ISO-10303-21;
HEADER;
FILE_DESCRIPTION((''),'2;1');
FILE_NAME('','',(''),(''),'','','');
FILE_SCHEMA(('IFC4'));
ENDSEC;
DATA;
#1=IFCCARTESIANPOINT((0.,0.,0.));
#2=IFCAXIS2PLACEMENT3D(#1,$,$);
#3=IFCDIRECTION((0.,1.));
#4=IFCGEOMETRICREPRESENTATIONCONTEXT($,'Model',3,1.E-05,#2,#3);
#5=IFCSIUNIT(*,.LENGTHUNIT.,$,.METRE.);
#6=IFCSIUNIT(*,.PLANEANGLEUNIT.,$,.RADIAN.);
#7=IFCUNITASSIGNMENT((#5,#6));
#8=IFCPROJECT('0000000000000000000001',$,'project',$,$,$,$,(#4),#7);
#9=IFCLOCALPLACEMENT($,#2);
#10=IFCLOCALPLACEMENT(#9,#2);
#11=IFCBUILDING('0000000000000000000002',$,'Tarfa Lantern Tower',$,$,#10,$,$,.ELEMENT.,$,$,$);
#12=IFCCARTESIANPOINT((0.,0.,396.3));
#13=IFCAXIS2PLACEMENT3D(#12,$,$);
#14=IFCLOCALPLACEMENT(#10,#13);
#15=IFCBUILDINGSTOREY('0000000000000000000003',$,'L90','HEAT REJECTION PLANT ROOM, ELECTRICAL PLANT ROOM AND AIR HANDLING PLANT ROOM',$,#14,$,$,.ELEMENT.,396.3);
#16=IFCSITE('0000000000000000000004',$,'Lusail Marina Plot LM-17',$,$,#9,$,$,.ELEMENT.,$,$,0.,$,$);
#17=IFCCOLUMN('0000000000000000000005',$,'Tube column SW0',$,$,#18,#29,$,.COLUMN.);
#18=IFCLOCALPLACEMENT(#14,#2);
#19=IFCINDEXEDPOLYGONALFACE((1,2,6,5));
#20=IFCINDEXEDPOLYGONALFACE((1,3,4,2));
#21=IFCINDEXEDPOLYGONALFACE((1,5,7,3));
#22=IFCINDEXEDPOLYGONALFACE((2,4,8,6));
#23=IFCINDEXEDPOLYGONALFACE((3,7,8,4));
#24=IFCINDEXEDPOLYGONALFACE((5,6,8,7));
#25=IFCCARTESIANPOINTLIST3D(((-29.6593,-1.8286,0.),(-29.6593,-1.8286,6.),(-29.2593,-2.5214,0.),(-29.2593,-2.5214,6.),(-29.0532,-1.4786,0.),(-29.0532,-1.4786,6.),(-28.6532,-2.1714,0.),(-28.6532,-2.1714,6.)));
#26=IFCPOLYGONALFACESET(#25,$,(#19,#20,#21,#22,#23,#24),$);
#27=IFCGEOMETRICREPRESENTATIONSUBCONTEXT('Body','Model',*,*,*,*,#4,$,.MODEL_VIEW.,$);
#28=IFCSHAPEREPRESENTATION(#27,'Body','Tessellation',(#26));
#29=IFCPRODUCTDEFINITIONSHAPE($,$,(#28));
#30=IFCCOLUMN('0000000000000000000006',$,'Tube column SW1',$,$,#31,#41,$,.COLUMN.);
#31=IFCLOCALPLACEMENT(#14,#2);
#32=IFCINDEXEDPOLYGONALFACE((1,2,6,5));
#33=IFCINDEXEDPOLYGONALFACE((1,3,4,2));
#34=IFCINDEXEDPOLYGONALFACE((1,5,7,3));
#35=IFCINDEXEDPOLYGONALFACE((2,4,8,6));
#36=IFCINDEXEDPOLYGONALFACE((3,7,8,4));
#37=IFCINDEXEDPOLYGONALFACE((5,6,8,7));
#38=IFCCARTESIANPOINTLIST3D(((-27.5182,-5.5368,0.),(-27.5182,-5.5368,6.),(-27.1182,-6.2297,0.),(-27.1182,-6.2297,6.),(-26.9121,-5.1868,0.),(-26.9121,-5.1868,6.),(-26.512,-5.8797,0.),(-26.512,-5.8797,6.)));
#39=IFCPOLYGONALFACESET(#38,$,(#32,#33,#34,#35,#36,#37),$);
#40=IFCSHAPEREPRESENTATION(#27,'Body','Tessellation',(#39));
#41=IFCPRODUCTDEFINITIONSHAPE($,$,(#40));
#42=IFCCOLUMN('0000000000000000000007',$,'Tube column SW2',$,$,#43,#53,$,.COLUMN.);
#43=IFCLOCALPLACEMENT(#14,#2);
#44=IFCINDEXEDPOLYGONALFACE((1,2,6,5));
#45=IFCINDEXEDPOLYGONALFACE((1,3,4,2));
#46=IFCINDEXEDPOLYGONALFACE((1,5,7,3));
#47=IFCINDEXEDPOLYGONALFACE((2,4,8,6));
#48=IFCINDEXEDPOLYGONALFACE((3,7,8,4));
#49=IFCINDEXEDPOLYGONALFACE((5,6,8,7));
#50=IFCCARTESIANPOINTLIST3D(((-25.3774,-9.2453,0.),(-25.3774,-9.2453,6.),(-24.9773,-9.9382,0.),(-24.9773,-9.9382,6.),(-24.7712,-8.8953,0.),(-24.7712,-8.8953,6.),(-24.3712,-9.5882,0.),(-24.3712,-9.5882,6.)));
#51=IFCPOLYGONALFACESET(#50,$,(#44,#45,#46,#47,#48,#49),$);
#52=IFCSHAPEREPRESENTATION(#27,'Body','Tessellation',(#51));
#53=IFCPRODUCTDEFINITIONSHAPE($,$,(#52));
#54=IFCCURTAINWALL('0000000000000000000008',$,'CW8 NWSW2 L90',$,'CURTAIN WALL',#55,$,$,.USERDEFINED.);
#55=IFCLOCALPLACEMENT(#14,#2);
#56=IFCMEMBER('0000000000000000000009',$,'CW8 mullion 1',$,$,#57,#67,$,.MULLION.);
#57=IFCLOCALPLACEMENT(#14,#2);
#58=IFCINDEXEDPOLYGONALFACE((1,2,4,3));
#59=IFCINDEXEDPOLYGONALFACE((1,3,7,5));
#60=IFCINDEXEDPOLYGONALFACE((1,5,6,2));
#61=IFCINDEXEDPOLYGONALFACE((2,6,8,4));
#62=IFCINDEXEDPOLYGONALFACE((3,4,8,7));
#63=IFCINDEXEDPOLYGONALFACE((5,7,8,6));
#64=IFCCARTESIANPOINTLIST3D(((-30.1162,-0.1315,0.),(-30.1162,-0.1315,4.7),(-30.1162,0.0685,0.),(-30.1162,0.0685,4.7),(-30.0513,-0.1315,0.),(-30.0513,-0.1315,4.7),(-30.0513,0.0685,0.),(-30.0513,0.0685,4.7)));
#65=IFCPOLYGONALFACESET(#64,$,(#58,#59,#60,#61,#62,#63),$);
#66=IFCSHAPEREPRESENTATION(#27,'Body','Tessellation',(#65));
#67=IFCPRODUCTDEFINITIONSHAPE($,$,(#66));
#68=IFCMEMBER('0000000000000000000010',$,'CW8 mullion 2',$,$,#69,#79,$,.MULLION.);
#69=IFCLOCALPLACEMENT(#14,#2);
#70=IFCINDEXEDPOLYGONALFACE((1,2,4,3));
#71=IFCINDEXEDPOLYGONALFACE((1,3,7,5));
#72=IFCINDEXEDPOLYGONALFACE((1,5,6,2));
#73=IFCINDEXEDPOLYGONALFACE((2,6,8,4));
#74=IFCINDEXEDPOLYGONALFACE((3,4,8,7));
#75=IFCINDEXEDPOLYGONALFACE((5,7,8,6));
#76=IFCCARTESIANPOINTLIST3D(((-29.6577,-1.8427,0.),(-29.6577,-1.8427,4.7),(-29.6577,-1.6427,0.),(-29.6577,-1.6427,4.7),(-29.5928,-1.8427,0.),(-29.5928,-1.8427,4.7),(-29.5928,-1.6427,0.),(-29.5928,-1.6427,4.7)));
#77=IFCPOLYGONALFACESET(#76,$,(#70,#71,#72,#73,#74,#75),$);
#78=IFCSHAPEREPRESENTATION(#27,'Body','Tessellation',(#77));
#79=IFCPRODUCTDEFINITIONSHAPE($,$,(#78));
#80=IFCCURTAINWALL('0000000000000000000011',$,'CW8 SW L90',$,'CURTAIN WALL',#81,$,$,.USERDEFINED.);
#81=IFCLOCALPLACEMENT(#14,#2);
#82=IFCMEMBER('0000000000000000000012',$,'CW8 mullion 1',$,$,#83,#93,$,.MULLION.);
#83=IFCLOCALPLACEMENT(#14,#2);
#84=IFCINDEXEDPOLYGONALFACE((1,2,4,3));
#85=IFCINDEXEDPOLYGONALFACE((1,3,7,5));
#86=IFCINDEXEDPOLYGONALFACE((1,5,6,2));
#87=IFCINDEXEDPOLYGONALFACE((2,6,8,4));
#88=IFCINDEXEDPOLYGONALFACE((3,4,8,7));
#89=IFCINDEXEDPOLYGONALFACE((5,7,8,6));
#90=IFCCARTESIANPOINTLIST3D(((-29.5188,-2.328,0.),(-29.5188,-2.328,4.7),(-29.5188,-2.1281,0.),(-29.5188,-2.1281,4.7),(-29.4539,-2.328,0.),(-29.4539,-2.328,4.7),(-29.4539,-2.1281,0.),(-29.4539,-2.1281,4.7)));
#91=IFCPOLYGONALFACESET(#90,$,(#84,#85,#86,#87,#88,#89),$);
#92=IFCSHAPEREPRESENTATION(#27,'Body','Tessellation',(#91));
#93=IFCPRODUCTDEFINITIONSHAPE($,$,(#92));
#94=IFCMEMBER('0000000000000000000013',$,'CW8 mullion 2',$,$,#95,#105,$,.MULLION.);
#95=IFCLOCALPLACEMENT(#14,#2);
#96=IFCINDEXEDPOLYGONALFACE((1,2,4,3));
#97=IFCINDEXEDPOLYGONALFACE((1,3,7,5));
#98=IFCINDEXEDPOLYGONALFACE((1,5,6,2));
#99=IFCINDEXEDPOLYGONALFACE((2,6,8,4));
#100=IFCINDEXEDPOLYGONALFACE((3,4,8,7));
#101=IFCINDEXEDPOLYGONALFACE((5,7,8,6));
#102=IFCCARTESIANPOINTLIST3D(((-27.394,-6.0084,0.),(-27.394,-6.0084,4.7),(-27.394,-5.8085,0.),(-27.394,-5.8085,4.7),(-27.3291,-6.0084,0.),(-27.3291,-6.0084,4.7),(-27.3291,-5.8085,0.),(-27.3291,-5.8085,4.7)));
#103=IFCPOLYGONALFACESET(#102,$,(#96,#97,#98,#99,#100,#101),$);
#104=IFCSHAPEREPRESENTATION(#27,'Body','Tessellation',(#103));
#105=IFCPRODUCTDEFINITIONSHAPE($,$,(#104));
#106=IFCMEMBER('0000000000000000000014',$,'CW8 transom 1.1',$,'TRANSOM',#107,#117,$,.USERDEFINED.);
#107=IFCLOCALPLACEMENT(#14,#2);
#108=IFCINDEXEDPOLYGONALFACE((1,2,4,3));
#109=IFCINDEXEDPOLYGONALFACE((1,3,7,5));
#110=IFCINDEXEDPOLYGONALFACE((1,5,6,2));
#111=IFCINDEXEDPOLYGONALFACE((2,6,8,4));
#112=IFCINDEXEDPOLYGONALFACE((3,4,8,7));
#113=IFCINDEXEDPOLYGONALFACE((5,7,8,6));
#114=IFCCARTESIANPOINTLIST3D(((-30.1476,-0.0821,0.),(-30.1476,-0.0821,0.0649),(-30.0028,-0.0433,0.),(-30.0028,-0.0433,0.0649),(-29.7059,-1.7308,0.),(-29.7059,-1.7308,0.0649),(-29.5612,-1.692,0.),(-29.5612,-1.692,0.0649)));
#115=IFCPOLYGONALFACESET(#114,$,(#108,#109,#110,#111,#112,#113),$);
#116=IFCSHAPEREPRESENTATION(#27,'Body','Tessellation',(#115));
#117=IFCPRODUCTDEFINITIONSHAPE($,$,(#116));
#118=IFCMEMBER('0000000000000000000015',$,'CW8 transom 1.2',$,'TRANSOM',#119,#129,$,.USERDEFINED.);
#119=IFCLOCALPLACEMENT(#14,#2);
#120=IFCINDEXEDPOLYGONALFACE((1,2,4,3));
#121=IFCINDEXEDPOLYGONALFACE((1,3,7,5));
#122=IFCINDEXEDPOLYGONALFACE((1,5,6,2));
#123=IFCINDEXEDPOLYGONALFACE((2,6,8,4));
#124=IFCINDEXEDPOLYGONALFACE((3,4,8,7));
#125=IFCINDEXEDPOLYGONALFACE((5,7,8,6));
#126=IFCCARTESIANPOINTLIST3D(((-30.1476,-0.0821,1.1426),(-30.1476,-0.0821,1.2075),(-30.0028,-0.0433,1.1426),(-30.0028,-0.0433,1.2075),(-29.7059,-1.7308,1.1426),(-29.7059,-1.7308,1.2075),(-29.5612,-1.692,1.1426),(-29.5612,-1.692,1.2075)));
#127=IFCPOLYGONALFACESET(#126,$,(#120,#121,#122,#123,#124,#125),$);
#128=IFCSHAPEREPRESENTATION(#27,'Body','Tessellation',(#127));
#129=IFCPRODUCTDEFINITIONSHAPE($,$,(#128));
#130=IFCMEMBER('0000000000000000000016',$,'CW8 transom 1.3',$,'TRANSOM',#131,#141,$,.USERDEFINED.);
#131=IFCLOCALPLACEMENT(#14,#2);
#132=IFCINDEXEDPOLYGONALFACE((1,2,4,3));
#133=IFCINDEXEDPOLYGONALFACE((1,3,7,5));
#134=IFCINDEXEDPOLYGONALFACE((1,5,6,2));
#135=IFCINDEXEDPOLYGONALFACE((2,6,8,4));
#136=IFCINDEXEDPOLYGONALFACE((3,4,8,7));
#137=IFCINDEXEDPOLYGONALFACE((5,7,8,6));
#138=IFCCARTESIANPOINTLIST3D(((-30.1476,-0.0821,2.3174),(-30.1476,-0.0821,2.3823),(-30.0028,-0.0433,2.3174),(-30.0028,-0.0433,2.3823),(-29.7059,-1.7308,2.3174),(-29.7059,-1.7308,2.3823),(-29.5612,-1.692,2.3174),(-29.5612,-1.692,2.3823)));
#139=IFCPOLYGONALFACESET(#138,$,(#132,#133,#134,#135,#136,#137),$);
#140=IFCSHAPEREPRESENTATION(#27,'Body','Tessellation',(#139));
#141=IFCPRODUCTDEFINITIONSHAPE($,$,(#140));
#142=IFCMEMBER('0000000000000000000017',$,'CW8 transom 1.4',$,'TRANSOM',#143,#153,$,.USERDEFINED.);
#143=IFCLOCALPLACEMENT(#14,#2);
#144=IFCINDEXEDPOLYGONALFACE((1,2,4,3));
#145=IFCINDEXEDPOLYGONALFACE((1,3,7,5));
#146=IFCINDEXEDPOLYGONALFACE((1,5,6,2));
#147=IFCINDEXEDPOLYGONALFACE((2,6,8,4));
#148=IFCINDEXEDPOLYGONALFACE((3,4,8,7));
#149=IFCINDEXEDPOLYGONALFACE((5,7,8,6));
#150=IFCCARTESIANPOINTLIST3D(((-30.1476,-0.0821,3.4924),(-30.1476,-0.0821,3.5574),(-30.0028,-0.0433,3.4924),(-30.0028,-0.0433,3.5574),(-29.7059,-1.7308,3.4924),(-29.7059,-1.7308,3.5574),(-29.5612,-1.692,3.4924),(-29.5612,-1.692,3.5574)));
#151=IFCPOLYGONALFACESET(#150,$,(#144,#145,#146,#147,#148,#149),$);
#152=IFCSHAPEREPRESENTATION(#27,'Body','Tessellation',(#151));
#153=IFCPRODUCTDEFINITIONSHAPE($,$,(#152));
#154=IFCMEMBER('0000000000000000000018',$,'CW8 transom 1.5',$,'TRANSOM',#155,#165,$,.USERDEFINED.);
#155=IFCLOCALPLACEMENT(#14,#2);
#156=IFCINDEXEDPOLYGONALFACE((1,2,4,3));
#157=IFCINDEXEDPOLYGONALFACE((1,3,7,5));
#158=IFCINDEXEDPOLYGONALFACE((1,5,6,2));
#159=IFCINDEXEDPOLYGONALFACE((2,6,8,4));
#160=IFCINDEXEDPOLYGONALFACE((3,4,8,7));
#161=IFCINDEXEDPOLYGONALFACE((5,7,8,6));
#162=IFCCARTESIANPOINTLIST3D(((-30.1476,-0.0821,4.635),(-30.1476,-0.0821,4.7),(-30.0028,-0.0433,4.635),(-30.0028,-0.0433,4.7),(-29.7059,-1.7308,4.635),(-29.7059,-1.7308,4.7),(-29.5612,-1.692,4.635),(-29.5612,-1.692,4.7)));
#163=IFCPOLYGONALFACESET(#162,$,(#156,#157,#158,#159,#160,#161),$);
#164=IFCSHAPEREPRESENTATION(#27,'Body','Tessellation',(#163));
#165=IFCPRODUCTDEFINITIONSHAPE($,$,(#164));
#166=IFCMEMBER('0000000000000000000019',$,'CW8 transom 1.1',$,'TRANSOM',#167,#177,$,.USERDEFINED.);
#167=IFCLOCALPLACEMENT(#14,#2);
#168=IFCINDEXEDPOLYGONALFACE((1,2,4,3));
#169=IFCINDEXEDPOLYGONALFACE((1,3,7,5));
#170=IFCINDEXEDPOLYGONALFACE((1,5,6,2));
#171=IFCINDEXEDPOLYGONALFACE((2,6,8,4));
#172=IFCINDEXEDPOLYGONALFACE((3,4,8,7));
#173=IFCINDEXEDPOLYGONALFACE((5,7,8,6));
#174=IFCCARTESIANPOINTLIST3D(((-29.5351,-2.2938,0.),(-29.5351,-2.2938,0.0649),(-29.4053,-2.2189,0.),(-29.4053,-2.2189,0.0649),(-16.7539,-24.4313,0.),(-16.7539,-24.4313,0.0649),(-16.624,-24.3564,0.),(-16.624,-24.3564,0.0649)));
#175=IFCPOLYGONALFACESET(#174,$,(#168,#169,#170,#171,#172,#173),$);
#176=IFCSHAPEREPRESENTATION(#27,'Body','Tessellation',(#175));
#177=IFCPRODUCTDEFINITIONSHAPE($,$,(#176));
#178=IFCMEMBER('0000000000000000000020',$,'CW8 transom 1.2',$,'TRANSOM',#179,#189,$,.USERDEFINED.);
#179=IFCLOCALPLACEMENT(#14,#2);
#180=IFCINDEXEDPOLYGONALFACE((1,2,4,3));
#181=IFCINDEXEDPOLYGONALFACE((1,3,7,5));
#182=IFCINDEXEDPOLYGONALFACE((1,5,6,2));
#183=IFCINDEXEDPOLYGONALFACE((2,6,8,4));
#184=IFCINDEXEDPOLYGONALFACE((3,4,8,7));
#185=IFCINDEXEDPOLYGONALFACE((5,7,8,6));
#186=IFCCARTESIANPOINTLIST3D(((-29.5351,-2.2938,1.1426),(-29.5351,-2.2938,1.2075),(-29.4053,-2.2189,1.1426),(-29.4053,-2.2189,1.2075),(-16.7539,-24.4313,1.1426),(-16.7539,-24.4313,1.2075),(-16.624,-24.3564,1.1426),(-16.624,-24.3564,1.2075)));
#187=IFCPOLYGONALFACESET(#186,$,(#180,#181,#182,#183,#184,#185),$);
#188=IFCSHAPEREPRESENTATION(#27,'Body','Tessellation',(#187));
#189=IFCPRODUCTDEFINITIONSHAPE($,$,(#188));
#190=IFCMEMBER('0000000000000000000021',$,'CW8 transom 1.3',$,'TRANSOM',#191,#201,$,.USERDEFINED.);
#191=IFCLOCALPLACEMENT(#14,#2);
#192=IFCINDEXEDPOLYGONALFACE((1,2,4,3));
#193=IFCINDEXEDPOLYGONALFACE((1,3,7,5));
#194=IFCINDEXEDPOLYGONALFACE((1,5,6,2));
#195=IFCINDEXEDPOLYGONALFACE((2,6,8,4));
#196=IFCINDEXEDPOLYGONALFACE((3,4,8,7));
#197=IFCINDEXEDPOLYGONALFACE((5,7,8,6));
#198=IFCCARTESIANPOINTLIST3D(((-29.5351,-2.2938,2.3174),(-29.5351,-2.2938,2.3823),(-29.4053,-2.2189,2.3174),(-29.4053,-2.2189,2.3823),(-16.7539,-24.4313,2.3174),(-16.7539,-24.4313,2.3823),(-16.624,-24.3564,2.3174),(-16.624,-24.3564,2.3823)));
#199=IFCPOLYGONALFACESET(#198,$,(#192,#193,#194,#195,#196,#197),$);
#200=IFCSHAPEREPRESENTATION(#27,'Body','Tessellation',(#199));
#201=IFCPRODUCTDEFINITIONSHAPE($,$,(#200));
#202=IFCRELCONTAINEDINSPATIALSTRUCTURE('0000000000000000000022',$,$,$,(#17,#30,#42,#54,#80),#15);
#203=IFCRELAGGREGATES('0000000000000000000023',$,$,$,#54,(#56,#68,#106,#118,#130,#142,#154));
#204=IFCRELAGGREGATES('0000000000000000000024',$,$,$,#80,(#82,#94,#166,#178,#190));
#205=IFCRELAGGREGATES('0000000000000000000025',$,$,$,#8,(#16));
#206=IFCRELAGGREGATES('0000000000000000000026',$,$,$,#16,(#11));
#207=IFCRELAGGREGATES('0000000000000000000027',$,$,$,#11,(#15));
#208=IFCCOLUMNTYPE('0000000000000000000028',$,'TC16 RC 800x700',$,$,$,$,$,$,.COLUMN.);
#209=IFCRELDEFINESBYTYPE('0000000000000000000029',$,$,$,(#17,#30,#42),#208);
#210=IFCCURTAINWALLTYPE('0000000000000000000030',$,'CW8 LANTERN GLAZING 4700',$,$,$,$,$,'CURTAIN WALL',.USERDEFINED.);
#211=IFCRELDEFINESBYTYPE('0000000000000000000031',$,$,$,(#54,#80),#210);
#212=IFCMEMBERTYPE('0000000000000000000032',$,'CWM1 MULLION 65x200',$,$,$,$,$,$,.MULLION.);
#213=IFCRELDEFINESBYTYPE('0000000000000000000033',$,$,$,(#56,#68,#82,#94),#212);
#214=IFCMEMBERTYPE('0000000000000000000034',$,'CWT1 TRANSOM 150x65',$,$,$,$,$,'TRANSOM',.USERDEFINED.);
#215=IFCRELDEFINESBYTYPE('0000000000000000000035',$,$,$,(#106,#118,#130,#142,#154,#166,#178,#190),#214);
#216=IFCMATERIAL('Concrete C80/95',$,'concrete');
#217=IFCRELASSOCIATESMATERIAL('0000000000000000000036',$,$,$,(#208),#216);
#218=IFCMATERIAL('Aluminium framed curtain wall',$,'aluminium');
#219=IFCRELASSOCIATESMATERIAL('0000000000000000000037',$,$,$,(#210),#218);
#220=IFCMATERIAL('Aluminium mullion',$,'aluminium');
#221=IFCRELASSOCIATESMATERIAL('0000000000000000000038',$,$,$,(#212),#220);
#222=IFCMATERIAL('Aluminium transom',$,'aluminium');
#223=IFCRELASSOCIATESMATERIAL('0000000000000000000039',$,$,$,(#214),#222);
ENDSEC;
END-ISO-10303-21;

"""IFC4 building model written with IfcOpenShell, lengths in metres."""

from ifc_helpers import new_model, si_unit, direction, frame, origin, origin_2d, place, context, subcontext, project, spatial, rectangle, extrude, material, material_profile, profile_set, type_object, element, aggregate, save


model = new_model("IFC4")

# Units and contexts
model_context = context("Model", 3, precision=1e-05, world=origin(), true_north=direction((0.0, 1.0)))
body_context = subcontext(model_context, "Body", "Model", "MODEL_VIEW")
ifc_project = project(units=[si_unit("LENGTHUNIT", "METRE"), si_unit("PLANEANGLEUNIT", "RADIAN")], contexts=[model_context])

# Site, building, storey
site_placement = place(None, origin())
site = spatial("IfcSite", under=ifc_project, at=site_placement, Name="Lusail Marina Plot LM-17", CompositionType="ELEMENT", RefElevation=0.0)
building_placement = place(site_placement, origin())
building = spatial("IfcBuilding", under=site, at=building_placement, Name="Tarfa Lantern Tower", CompositionType="ELEMENT")
storey_placement = place(building_placement, frame((0.0, 0.0, 396.3)))
storey = spatial("IfcBuildingStorey", under=building, at=storey_placement, Name="L90", Description="HEAT REJECTION PLANT ROOM, ELECTRICAL PLANT ROOM AND AIR HANDLING PLANT ROOM", CompositionType="ELEMENT", Elevation=396.3)

# Columns
ifc_material_1 = material(Name="Concrete C80/95", Category="concrete")
ifc_material_profile_1 = material_profile(ifc_material_1, rectangle(XDim=0.8, YDim=0.7, at=origin_2d()), Name="RC 800x700")
ifc_profile_set_1 = profile_set([ifc_material_profile_1], Name="Concrete C80/95")
column_type = type_object("IfcColumnType", Name="TC16 RC 800x700", PredefinedType="COLUMN", material=ifc_profile_set_1)
for number, where, z_axis, x_axis, name in (
    (1, (-29.1562, -2.0, 0.0), (0.0, 0.0, 1.0), (0.5, -0.866025, 0.0), "Tube column SW0"),
    (2, (-27.0151, -5.7083, 0.0), (0.0, 0.0, 1.0), (0.5, -0.866025, 0.0), "Tube column SW1"),
    (3, (-24.8743, -9.4167, 0.0), (0.0, 0.0, 1.0), (0.5, -0.866025, 0.0), "Tube column SW2"),
):
    element("IfcColumn", number, at=place(storey_placement, frame(where, z_axis=z_axis, x_axis=x_axis)), inside=storey, type_object=column_type, Name=name, PredefinedType="COLUMN", context=body_context, shape_type="SweptSolid", body=[
        extrude(rectangle(XDim=0.8, YDim=0.7, at=origin_2d()), origin(), (0.0, 0.0, 1.0), 6.0),
    ])

# Curtain walls, members
ifc_material_2 = material(Name="Aluminium framed curtain wall", Category="aluminium")
curtain_wall_type = type_object("IfcCurtainWallType", Name="CW8 LANTERN GLAZING 4700", ElementType="CURTAIN WALL", PredefinedType="USERDEFINED", material=ifc_material_2)
curtain_wall_1_placement = place(storey_placement, origin())
curtain_wall_1 = element("IfcCurtainWall", 4, at=curtain_wall_1_placement, inside=storey, type_object=curtain_wall_type, Name="CW8 NWSW2 L90", ObjectType="CURTAIN WALL", PredefinedType="USERDEFINED")
ifc_material_3 = material(Name="Aluminium mullion", Category="aluminium")
ifc_material_profile_2 = material_profile(ifc_material_3, rectangle(XDim=0.0649, YDim=0.2, at=origin_2d()), Name="AL MULLION 65x200")
ifc_profile_set_2 = profile_set([ifc_material_profile_2], Name="Aluminium mullion")
member_type_1 = type_object("IfcMemberType", Name="CWM1 MULLION 65x200", PredefinedType="MULLION", material=ifc_profile_set_2)
member_1_placement = place(storey_placement, frame((-30.0837, -0.0315, 0.0), z_axis=(0.0, 0.0, 1.0), x_axis=(1.0, 0.0, 0.0)))
member_1 = element("IfcMember", 5, at=member_1_placement, type_object=member_type_1, Name="CW8 mullion 1", PredefinedType="MULLION", context=body_context, shape_type="SweptSolid", body=[
    extrude(rectangle(XDim=0.0649, YDim=0.2, at=origin_2d()), origin(), (0.0, 0.0, 1.0), 4.7),
])
member_2_placement = place(storey_placement, frame((-29.6252, -1.7427, 0.0), z_axis=(0.0, 0.0, 1.0), x_axis=(1.0, 0.0, 0.0)))
member_2 = element("IfcMember", 6, at=member_2_placement, type_object=member_type_1, Name="CW8 mullion 2", PredefinedType="MULLION", context=body_context, shape_type="SweptSolid", body=[
    extrude(rectangle(XDim=0.0649, YDim=0.2, at=origin_2d()), origin(), (0.0, 0.0, 1.0), 4.7),
])
curtain_wall_2_placement = place(storey_placement, origin())
curtain_wall_2 = element("IfcCurtainWall", 7, at=curtain_wall_2_placement, inside=storey, type_object=curtain_wall_type, Name="CW8 SW L90", ObjectType="CURTAIN WALL", PredefinedType="USERDEFINED")
member_3_placement = place(storey_placement, frame((-29.4863, -2.228, 0.0), z_axis=(0.0, 0.0, 1.0), x_axis=(1.0, 0.0, 0.0)))
member_3 = element("IfcMember", 8, at=member_3_placement, type_object=member_type_1, Name="CW8 mullion 1", PredefinedType="MULLION", context=body_context, shape_type="SweptSolid", body=[
    extrude(rectangle(XDim=0.0649, YDim=0.2, at=origin_2d()), origin(), (0.0, 0.0, 1.0), 4.7),
])
member_4_placement = place(storey_placement, frame((-27.3616, -5.9084, 0.0), z_axis=(0.0, 0.0, 1.0), x_axis=(1.0, 0.0, 0.0)))
member_4 = element("IfcMember", 9, at=member_4_placement, type_object=member_type_1, Name="CW8 mullion 2", PredefinedType="MULLION", context=body_context, shape_type="SweptSolid", body=[
    extrude(rectangle(XDim=0.0649, YDim=0.2, at=origin_2d()), origin(), (0.0, 0.0, 1.0), 4.7),
])

# Members
ifc_material_4 = material(Name="Aluminium transom", Category="aluminium")
ifc_material_profile_3 = material_profile(ifc_material_4, rectangle(XDim=0.1499, YDim=0.0649, at=origin_2d()), Name="AL TRANSOM 150x65")
ifc_profile_set_3 = profile_set([ifc_material_profile_3], Name="Aluminium transom")
member_type_2 = type_object("IfcMemberType", Name="CWT1 TRANSOM 150x65", ElementType="TRANSOM", PredefinedType="USERDEFINED", material=ifc_profile_set_3)
member_5_placement = place(storey_placement, frame((-30.0752, -0.0627, 0.0325), z_axis=(0.258758, -0.965942, 0.0), x_axis=(0.965942, 0.258758, 0.0)))
member_5 = element("IfcMember", 10, at=member_5_placement, type_object=member_type_2, Name="CW8 transom 1.1", ObjectType="TRANSOM", PredefinedType="USERDEFINED", context=body_context, shape_type="SweptSolid", body=[
    extrude(rectangle(XDim=0.1499, YDim=0.0649, at=origin_2d()), origin(), (0.0, 0.0, 1.0), 1.7068),
])
member_6_placement = place(storey_placement, frame((-30.0752, -0.0627, 1.175), z_axis=(0.258758, -0.965942, 0.0), x_axis=(0.965942, 0.258758, 0.0)))
member_6 = element("IfcMember", 11, at=member_6_placement, type_object=member_type_2, Name="CW8 transom 1.2", ObjectType="TRANSOM", PredefinedType="USERDEFINED", context=body_context, shape_type="SweptSolid", body=[
    extrude(rectangle(XDim=0.1499, YDim=0.0649, at=origin_2d()), origin(), (0.0, 0.0, 1.0), 1.7068),
])
member_7_placement = place(storey_placement, frame((-30.0752, -0.0627, 2.3499), z_axis=(0.258758, -0.965942, 0.0), x_axis=(0.965942, 0.258758, 0.0)))
member_7 = element("IfcMember", 12, at=member_7_placement, type_object=member_type_2, Name="CW8 transom 1.3", ObjectType="TRANSOM", PredefinedType="USERDEFINED", context=body_context, shape_type="SweptSolid", body=[
    extrude(rectangle(XDim=0.1499, YDim=0.0649, at=origin_2d()), origin(), (0.0, 0.0, 1.0), 1.7068),
])
member_8_placement = place(storey_placement, frame((-30.0752, -0.0627, 3.5249), z_axis=(0.258758, -0.965942, 0.0), x_axis=(0.965942, 0.258758, 0.0)))
member_8 = element("IfcMember", 13, at=member_8_placement, type_object=member_type_2, Name="CW8 transom 1.4", ObjectType="TRANSOM", PredefinedType="USERDEFINED", context=body_context, shape_type="SweptSolid", body=[
    extrude(rectangle(XDim=0.1499, YDim=0.0649, at=origin_2d()), origin(), (0.0, 0.0, 1.0), 1.7068),
])
member_9_placement = place(storey_placement, frame((-30.0752, -0.0627, 4.6675), z_axis=(0.258758, -0.965942, 0.0), x_axis=(0.965942, 0.258758, 0.0)))
member_9 = element("IfcMember", 14, at=member_9_placement, type_object=member_type_2, Name="CW8 transom 1.5", ObjectType="TRANSOM", PredefinedType="USERDEFINED", context=body_context, shape_type="SweptSolid", body=[
    extrude(rectangle(XDim=0.1499, YDim=0.0649, at=origin_2d()), origin(), (0.0, 0.0, 1.0), 1.7068),
])
member_10_placement = place(storey_placement, frame((-29.4702, -2.2563, 0.0325), z_axis=(0.500005, -0.866022, 0.0), x_axis=(0.866022, 0.500005, 0.0)))
member_10 = element("IfcMember", 15, at=member_10_placement, type_object=member_type_2, Name="CW8 transom 1.1", ObjectType="TRANSOM", PredefinedType="USERDEFINED", context=body_context, shape_type="SweptSolid", body=[
    extrude(rectangle(XDim=0.1499, YDim=0.0649, at=origin_2d()), origin(), (0.0, 0.0, 1.0), 25.5623),
])
member_11_placement = place(storey_placement, frame((-29.4702, -2.2563, 1.175), z_axis=(0.500005, -0.866022, 0.0), x_axis=(0.866022, 0.500005, 0.0)))
member_11 = element("IfcMember", 16, at=member_11_placement, type_object=member_type_2, Name="CW8 transom 1.2", ObjectType="TRANSOM", PredefinedType="USERDEFINED", context=body_context, shape_type="SweptSolid", body=[
    extrude(rectangle(XDim=0.1499, YDim=0.0649, at=origin_2d()), origin(), (0.0, 0.0, 1.0), 25.5623),
])
member_12_placement = place(storey_placement, frame((-29.4702, -2.2563, 2.3499), z_axis=(0.500005, -0.866022, 0.0), x_axis=(0.866022, 0.500005, 0.0)))
member_12 = element("IfcMember", 17, at=member_12_placement, type_object=member_type_2, Name="CW8 transom 1.3", ObjectType="TRANSOM", PredefinedType="USERDEFINED", context=body_context, shape_type="SweptSolid", body=[
    extrude(rectangle(XDim=0.1499, YDim=0.0649, at=origin_2d()), origin(), (0.0, 0.0, 1.0), 25.5623),
])

aggregate(curtain_wall_1, [member_1, member_2, member_5, member_6, member_7, member_8, member_9])
aggregate(curtain_wall_2, [member_3, member_4, member_10, member_11, member_12])

save(model, "model.ifc")
